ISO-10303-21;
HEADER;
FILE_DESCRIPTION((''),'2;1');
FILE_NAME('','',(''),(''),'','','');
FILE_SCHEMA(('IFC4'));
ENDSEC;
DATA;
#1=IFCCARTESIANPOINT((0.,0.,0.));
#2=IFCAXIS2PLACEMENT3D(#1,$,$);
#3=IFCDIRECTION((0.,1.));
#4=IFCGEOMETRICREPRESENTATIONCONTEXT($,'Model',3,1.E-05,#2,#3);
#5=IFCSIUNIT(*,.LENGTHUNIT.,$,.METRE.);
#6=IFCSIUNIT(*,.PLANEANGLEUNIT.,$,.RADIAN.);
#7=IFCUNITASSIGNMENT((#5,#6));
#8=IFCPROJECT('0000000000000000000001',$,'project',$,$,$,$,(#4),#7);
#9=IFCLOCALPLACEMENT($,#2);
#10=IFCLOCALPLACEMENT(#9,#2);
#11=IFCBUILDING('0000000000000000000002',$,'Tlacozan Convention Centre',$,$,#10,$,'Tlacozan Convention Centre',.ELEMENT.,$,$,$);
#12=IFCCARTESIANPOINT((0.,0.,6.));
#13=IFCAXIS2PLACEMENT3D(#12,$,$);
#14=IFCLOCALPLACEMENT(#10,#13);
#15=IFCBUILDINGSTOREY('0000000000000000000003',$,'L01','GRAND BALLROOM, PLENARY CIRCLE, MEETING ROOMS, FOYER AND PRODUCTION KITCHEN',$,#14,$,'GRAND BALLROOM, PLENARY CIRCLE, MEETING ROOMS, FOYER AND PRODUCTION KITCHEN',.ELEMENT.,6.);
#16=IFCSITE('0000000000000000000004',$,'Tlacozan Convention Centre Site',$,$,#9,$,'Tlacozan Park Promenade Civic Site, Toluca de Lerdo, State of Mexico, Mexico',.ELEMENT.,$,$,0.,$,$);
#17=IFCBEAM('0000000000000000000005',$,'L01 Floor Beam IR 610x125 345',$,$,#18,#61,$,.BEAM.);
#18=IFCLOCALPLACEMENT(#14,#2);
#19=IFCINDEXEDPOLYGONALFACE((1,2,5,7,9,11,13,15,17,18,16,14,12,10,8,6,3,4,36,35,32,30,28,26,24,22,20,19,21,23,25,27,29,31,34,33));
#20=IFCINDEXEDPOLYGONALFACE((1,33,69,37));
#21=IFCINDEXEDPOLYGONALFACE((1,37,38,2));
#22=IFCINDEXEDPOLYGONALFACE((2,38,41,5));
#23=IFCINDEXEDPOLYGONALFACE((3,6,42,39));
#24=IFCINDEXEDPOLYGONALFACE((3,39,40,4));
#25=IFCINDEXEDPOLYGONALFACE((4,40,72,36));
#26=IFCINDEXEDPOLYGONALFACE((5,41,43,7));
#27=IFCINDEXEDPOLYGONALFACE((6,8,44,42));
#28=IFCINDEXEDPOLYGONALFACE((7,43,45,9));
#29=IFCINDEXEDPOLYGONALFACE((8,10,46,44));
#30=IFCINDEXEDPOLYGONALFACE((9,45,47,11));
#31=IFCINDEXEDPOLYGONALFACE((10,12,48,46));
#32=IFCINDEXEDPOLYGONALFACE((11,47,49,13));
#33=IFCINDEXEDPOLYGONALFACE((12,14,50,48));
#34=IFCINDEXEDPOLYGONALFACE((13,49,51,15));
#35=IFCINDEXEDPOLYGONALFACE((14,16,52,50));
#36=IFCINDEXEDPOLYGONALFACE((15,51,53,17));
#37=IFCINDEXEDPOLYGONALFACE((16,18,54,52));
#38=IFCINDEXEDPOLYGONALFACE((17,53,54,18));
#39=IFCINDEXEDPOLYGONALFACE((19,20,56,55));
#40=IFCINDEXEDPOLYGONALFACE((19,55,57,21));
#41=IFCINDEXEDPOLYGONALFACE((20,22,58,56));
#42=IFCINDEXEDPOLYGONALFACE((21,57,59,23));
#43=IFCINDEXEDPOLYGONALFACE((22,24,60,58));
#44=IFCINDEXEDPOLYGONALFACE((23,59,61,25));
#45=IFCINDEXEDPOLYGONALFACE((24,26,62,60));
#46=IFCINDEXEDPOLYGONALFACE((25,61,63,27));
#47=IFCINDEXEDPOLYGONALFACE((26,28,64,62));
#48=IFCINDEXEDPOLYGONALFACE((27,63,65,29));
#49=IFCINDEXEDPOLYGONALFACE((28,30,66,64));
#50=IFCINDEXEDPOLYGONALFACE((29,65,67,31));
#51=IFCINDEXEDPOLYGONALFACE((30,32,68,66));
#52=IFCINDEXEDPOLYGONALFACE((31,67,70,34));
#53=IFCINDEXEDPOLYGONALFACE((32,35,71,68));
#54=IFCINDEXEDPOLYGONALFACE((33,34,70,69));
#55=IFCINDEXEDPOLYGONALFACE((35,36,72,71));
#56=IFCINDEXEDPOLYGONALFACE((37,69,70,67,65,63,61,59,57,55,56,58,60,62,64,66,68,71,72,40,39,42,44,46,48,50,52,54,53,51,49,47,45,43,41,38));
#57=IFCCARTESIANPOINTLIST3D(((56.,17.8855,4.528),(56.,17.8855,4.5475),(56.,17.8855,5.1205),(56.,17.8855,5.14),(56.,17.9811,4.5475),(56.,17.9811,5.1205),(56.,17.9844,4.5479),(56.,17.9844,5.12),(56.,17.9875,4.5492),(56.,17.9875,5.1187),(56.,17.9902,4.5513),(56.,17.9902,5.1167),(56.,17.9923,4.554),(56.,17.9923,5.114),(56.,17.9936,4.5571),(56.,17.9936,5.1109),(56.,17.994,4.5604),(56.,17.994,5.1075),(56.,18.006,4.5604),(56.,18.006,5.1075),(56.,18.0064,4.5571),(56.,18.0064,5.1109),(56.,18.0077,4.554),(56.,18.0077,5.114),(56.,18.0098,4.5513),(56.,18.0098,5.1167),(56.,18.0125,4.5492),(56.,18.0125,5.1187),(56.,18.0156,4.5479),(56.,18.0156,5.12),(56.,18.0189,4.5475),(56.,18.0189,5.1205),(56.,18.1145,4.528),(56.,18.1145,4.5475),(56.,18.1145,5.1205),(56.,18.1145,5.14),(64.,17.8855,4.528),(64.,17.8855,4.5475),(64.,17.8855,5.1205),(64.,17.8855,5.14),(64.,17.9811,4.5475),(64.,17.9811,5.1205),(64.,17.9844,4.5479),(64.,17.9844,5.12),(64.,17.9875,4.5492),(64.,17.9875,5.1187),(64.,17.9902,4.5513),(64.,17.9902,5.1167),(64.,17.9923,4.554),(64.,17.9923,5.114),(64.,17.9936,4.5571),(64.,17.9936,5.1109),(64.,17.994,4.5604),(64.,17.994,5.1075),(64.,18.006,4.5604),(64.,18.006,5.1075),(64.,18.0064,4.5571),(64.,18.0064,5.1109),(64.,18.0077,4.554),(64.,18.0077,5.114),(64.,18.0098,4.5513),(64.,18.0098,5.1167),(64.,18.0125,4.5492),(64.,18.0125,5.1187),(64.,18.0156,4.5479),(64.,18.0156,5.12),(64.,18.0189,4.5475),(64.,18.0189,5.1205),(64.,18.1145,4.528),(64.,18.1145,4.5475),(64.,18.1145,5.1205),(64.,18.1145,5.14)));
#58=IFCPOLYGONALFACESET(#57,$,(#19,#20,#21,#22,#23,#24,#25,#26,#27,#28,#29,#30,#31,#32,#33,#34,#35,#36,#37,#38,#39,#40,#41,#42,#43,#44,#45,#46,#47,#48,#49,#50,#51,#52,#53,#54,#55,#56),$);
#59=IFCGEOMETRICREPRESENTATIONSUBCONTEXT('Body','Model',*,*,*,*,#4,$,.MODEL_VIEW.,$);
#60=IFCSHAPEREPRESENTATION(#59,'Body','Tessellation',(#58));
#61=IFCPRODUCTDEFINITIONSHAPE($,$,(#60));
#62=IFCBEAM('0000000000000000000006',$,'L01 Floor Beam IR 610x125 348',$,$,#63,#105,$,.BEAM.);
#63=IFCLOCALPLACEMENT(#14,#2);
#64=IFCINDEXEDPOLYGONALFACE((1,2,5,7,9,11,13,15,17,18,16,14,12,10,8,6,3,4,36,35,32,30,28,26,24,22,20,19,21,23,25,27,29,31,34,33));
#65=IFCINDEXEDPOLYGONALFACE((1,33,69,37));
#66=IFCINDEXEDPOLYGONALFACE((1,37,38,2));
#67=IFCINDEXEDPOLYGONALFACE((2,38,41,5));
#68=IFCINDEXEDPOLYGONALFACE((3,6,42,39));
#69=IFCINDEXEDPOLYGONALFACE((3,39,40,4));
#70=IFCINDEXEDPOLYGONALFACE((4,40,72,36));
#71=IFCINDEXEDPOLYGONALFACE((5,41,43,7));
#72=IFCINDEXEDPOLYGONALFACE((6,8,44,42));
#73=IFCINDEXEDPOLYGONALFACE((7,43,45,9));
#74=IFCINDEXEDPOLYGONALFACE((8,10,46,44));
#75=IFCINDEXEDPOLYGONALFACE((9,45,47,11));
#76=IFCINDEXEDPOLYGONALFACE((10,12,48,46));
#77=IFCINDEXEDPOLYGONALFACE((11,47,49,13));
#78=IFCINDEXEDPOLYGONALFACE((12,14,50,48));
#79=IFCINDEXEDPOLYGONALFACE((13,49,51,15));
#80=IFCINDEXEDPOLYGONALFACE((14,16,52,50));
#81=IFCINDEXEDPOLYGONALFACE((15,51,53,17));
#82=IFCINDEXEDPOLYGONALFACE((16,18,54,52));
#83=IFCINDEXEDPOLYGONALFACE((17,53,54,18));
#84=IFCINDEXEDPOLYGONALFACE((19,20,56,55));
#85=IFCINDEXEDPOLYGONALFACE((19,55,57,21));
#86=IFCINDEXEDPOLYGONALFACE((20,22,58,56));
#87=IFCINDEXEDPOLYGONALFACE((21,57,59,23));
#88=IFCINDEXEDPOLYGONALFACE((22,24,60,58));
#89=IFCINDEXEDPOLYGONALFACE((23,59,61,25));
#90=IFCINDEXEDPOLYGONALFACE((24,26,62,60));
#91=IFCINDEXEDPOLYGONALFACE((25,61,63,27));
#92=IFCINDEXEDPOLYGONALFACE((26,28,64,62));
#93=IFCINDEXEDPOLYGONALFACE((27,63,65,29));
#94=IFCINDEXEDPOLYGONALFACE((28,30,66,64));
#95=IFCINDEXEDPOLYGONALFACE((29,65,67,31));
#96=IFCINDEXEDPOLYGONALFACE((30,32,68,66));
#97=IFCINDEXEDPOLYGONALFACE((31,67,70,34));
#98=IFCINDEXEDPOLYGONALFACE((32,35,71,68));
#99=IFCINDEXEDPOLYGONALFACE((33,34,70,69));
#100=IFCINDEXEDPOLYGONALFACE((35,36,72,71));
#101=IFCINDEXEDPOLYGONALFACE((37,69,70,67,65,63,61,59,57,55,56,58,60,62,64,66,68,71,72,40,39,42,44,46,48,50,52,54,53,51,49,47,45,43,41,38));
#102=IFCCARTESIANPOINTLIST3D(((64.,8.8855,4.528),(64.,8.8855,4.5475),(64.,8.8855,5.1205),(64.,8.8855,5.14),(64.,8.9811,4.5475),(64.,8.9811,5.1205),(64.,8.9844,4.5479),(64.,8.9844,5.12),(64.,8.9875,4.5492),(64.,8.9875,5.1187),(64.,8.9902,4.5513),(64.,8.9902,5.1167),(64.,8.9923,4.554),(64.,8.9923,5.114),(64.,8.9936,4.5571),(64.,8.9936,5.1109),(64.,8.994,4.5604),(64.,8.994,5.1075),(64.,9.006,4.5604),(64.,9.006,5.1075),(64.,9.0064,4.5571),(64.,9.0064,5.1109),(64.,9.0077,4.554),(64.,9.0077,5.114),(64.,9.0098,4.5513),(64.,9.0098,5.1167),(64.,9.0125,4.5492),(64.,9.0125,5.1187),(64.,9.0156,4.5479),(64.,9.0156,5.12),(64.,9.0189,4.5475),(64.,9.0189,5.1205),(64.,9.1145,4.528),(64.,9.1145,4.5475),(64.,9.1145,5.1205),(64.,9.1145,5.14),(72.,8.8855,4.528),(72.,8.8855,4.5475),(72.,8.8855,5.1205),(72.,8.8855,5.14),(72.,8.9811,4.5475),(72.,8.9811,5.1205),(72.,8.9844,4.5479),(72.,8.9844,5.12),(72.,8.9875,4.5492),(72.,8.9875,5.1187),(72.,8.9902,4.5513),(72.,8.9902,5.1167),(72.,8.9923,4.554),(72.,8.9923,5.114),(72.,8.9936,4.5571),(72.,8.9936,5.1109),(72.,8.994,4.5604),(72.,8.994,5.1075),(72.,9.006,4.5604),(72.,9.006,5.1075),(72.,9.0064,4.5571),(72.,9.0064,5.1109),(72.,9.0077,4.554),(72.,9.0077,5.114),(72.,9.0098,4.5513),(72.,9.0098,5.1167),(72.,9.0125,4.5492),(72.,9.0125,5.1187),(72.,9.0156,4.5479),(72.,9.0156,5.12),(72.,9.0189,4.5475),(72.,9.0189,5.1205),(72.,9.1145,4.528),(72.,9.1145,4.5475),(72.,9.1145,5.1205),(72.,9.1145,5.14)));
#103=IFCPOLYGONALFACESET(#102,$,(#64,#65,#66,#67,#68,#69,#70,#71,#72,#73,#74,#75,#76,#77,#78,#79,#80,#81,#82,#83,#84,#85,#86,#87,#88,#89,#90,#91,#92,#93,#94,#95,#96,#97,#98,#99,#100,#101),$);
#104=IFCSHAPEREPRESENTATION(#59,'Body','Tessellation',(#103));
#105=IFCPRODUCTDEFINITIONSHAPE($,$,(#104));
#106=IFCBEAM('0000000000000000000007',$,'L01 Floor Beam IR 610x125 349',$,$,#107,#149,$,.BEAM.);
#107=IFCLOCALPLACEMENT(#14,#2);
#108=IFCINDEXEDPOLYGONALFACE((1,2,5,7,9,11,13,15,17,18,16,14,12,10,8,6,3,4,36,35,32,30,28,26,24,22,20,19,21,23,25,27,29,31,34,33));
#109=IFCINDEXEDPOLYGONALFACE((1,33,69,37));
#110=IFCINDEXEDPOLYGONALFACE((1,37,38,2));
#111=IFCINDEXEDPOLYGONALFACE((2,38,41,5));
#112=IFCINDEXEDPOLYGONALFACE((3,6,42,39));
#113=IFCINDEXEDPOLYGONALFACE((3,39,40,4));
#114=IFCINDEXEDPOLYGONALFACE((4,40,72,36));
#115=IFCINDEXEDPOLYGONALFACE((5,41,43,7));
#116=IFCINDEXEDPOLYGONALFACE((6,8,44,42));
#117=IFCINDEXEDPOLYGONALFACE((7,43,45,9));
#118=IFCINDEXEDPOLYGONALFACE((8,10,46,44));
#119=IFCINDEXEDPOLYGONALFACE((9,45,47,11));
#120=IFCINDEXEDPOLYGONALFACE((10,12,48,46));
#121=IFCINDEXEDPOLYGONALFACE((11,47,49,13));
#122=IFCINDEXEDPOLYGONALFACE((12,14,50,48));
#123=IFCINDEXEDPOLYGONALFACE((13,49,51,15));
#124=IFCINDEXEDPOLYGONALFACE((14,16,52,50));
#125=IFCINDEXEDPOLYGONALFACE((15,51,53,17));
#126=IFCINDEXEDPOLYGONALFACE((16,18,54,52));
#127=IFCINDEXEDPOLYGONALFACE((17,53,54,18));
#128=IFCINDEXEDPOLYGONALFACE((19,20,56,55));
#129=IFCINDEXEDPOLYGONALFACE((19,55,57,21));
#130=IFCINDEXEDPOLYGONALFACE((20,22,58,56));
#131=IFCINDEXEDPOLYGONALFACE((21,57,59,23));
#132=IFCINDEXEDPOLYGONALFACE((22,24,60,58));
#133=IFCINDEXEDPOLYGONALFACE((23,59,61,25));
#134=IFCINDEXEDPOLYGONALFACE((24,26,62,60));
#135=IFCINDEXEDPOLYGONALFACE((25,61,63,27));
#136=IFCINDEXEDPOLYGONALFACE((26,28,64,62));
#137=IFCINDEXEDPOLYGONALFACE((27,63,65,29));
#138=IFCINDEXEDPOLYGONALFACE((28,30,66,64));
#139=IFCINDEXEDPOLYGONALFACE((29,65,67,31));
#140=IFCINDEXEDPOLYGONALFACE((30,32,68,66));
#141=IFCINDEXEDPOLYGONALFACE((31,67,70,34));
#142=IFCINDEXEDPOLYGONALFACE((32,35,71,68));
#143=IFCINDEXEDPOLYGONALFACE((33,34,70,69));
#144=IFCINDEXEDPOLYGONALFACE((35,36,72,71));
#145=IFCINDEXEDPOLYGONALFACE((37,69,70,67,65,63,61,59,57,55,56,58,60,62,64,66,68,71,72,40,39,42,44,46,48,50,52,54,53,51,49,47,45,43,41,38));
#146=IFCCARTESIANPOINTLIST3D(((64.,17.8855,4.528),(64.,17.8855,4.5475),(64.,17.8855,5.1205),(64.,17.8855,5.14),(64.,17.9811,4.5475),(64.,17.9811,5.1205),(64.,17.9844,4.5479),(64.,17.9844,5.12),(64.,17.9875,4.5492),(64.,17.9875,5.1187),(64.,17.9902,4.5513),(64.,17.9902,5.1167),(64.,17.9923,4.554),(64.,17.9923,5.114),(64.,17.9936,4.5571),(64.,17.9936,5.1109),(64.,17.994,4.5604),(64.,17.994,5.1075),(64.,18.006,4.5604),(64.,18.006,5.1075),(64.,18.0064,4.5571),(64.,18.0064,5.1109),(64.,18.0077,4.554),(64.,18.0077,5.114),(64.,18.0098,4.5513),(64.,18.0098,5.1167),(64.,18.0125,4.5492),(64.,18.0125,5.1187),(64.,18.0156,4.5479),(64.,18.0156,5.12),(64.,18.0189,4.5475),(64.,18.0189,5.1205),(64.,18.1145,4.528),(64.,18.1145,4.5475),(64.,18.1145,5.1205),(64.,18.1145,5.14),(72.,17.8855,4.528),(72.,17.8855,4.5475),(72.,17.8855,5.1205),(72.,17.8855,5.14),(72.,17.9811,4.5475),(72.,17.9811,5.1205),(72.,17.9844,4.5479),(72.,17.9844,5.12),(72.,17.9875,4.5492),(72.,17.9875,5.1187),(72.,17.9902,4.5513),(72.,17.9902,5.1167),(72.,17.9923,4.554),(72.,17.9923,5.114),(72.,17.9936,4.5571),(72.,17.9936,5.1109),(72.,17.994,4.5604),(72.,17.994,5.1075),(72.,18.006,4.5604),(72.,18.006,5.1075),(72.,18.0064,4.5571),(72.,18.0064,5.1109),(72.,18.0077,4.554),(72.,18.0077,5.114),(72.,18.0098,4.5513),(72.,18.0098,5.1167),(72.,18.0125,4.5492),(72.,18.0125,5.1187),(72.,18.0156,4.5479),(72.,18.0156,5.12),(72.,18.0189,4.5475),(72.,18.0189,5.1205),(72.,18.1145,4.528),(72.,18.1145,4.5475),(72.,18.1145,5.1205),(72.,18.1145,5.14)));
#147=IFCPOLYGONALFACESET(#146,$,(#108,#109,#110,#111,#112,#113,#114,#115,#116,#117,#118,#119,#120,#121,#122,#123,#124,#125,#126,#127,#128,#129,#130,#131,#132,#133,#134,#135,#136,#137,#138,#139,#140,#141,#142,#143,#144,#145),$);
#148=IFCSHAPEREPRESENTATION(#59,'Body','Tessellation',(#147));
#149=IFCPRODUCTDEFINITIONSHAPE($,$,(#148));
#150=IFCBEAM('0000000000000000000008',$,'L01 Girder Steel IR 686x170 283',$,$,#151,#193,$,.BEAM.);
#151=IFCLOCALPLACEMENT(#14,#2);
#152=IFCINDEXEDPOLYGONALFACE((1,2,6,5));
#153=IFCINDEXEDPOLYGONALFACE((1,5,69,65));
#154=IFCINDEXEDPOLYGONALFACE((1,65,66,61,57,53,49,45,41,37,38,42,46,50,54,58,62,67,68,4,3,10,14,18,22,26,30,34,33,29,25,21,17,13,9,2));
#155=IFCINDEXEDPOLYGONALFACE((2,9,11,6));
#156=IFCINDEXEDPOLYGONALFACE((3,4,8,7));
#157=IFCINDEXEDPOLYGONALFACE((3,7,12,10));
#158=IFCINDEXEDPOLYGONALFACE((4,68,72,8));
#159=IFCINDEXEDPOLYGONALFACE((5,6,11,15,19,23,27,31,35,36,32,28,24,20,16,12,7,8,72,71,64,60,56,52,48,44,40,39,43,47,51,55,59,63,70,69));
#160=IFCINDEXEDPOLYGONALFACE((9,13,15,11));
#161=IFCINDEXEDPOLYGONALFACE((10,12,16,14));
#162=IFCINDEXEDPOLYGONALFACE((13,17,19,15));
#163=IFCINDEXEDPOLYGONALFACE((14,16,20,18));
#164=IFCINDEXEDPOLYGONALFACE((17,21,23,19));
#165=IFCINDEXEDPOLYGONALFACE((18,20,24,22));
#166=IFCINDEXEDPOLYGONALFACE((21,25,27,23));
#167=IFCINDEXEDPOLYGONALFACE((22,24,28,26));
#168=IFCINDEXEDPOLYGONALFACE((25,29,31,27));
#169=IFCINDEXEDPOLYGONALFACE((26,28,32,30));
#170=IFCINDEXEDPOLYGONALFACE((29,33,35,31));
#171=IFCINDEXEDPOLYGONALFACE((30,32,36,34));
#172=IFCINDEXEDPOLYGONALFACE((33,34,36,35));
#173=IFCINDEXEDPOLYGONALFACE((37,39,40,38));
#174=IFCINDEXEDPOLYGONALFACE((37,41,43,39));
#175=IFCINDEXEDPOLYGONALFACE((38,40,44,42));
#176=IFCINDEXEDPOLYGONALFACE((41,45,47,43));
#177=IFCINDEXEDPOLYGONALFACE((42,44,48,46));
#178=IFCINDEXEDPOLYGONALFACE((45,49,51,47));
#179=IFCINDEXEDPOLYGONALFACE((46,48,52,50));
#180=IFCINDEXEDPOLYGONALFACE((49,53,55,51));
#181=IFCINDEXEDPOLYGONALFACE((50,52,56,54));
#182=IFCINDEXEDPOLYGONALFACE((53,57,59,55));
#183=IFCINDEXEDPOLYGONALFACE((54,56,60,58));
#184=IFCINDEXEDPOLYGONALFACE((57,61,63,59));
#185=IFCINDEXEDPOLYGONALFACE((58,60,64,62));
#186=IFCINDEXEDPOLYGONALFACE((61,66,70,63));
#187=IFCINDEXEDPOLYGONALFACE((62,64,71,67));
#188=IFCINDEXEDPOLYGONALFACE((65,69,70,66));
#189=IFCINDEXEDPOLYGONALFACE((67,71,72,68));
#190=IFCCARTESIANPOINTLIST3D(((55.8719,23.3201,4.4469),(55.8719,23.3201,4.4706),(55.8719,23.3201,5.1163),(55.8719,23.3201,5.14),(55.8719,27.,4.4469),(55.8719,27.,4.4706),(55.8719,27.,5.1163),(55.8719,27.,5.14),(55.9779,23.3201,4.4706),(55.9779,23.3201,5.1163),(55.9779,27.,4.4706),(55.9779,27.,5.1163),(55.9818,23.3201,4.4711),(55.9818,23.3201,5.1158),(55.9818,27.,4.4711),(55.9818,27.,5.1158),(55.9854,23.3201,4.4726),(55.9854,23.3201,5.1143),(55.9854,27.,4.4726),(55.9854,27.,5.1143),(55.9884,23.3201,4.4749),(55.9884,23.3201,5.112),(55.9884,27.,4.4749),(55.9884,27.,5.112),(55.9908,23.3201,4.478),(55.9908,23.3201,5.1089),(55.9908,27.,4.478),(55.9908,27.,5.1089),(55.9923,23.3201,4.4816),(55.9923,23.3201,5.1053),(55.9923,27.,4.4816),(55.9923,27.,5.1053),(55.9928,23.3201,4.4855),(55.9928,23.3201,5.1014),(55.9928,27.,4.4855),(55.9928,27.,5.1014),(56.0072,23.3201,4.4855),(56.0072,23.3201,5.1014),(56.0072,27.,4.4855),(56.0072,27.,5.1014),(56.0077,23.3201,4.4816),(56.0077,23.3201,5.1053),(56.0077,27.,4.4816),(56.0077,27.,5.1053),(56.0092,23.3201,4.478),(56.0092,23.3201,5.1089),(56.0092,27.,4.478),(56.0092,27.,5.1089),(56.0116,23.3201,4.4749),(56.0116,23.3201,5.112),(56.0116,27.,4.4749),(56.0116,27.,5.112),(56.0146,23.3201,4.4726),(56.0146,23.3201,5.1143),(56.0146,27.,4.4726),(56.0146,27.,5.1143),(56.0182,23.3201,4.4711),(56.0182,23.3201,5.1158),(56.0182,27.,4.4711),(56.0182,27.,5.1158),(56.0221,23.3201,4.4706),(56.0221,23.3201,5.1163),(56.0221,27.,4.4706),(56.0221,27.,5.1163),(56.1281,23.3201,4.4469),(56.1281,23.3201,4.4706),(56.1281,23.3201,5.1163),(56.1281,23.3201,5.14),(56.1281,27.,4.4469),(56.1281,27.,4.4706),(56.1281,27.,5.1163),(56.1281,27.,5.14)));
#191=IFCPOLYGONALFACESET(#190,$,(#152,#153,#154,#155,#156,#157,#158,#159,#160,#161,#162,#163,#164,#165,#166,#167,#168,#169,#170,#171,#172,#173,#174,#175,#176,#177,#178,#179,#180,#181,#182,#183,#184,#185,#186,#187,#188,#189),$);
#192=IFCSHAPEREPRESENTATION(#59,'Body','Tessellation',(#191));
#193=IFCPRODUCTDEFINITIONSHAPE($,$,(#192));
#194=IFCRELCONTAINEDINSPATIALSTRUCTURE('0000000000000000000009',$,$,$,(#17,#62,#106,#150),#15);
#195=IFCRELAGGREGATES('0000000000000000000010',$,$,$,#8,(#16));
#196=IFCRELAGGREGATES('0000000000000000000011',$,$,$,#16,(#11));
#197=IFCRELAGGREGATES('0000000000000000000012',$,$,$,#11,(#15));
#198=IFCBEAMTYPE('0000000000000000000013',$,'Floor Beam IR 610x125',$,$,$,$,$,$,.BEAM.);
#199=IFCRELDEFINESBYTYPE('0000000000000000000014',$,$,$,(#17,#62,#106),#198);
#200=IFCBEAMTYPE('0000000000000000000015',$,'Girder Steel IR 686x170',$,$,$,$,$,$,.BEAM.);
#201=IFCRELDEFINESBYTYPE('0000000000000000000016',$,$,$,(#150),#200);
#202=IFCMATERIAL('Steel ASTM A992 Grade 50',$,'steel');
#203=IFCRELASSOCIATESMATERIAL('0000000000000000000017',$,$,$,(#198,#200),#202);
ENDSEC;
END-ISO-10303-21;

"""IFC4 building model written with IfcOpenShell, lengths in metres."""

from ifc_helpers import new_model, si_unit, direction, frame, origin, origin_2d, place, context, subcontext, project, spatial, i_section, extrude, material, material_profile, profile_set, type_object, element, save


model = new_model("IFC4")

# Units and contexts
model_context = context("Model", 3, precision=1e-05, world=origin(), true_north=direction((0.0, 1.0)))
body_context = subcontext(model_context, "Body", "Model", "MODEL_VIEW")
ifc_project = project(units=[si_unit("LENGTHUNIT", "METRE"), si_unit("PLANEANGLEUNIT", "RADIAN")], contexts=[model_context])

# Site, building, storey
site_placement = place(None, origin())
site = spatial("IfcSite", under=ifc_project, at=site_placement, Name="Tlacozan Convention Centre Site", LongName="Tlacozan Park Promenade Civic Site, Toluca de Lerdo, State of Mexico, Mexico", CompositionType="ELEMENT", RefElevation=0.0)
building_placement = place(site_placement, origin())
building = spatial("IfcBuilding", under=site, at=building_placement, Name="Tlacozan Convention Centre", LongName="Tlacozan Convention Centre", CompositionType="ELEMENT")
storey_placement = place(building_placement, frame((0.0, 0.0, 6.0)))
storey = spatial("IfcBuildingStorey", under=building, at=storey_placement, Name="L01", Description="GRAND BALLROOM, PLENARY CIRCLE, MEETING ROOMS, FOYER AND PRODUCTION KITCHEN", LongName="GRAND BALLROOM, PLENARY CIRCLE, MEETING ROOMS, FOYER AND PRODUCTION KITCHEN", CompositionType="ELEMENT", Elevation=6.0)

# Beams
ifc_material_1 = material(Name="Steel ASTM A992 Grade 50", Category="steel")
ifc_material_profile_1 = material_profile(ifc_material_1, i_section(OverallWidth=0.229, OverallDepth=0.6121, WebThickness=0.012, FlangeThickness=0.0195, FilletRadius=0.0129, at=origin_2d()), Name="IR 610x125.0")
ifc_profile_set_1 = profile_set([ifc_material_profile_1], Name="Steel ASTM A992 Grade 50")
beam_type_1 = type_object("IfcBeamType", Name="Floor Beam IR 610x125", PredefinedType="BEAM", material=ifc_profile_set_1)
for number, where, z_axis, x_axis, name in (
    (1, (56.0, 18.0, 4.834), (1.0, 0.0, 0.0), (0.0, 1.0, 0.0), "L01 Floor Beam IR 610x125 345"),
    (2, (64.0, 9.0, 4.834), (1.0, 0.0, 0.0), (0.0, 1.0, 0.0), "L01 Floor Beam IR 610x125 348"),
    (3, (64.0, 18.0, 4.834), (1.0, 0.0, 0.0), (0.0, 1.0, 0.0), "L01 Floor Beam IR 610x125 349"),
):
    element("IfcBeam", number, at=place(storey_placement, frame(where, z_axis=z_axis, x_axis=x_axis)), inside=storey, type_object=beam_type_1, Name=name, PredefinedType="BEAM", context=body_context, shape_type="SweptSolid", body=[
        extrude(i_section(OverallWidth=0.229, OverallDepth=0.6121, WebThickness=0.012, FlangeThickness=0.0195, FilletRadius=0.0129, at=origin_2d()), origin(), (0.0, 0.0, 1.0), 8.0),
    ])
ifc_material_profile_2 = material_profile(ifc_material_1, i_section(OverallWidth=0.2561, OverallDepth=0.6931, WebThickness=0.0144, FlangeThickness=0.0237, FilletRadius=0.0149, at=origin_2d()), Name="IR 686x170.0")
ifc_profile_set_2 = profile_set([ifc_material_profile_2], Name="Steel ASTM A992 Grade 50")
beam_type_2 = type_object("IfcBeamType", Name="Girder Steel IR 686x170", PredefinedType="BEAM", material=ifc_profile_set_2)
beam_1_placement = place(storey_placement, frame((56.0, 23.3201, 4.7935), z_axis=(0.0, 1.0, 0.0), x_axis=(-1.0, 0.0, 0.0)))
element("IfcBeam", 4, at=beam_1_placement, inside=storey, type_object=beam_type_2, Name="L01 Girder Steel IR 686x170 283", PredefinedType="BEAM", context=body_context, shape_type="SweptSolid", body=[
    extrude(i_section(OverallWidth=0.2561, OverallDepth=0.6931, WebThickness=0.0144, FlangeThickness=0.0237, FilletRadius=0.0149, at=origin_2d()), origin(), (0.0, 0.0, 1.0), 3.6799),
])

save(model, "model.ifc")
